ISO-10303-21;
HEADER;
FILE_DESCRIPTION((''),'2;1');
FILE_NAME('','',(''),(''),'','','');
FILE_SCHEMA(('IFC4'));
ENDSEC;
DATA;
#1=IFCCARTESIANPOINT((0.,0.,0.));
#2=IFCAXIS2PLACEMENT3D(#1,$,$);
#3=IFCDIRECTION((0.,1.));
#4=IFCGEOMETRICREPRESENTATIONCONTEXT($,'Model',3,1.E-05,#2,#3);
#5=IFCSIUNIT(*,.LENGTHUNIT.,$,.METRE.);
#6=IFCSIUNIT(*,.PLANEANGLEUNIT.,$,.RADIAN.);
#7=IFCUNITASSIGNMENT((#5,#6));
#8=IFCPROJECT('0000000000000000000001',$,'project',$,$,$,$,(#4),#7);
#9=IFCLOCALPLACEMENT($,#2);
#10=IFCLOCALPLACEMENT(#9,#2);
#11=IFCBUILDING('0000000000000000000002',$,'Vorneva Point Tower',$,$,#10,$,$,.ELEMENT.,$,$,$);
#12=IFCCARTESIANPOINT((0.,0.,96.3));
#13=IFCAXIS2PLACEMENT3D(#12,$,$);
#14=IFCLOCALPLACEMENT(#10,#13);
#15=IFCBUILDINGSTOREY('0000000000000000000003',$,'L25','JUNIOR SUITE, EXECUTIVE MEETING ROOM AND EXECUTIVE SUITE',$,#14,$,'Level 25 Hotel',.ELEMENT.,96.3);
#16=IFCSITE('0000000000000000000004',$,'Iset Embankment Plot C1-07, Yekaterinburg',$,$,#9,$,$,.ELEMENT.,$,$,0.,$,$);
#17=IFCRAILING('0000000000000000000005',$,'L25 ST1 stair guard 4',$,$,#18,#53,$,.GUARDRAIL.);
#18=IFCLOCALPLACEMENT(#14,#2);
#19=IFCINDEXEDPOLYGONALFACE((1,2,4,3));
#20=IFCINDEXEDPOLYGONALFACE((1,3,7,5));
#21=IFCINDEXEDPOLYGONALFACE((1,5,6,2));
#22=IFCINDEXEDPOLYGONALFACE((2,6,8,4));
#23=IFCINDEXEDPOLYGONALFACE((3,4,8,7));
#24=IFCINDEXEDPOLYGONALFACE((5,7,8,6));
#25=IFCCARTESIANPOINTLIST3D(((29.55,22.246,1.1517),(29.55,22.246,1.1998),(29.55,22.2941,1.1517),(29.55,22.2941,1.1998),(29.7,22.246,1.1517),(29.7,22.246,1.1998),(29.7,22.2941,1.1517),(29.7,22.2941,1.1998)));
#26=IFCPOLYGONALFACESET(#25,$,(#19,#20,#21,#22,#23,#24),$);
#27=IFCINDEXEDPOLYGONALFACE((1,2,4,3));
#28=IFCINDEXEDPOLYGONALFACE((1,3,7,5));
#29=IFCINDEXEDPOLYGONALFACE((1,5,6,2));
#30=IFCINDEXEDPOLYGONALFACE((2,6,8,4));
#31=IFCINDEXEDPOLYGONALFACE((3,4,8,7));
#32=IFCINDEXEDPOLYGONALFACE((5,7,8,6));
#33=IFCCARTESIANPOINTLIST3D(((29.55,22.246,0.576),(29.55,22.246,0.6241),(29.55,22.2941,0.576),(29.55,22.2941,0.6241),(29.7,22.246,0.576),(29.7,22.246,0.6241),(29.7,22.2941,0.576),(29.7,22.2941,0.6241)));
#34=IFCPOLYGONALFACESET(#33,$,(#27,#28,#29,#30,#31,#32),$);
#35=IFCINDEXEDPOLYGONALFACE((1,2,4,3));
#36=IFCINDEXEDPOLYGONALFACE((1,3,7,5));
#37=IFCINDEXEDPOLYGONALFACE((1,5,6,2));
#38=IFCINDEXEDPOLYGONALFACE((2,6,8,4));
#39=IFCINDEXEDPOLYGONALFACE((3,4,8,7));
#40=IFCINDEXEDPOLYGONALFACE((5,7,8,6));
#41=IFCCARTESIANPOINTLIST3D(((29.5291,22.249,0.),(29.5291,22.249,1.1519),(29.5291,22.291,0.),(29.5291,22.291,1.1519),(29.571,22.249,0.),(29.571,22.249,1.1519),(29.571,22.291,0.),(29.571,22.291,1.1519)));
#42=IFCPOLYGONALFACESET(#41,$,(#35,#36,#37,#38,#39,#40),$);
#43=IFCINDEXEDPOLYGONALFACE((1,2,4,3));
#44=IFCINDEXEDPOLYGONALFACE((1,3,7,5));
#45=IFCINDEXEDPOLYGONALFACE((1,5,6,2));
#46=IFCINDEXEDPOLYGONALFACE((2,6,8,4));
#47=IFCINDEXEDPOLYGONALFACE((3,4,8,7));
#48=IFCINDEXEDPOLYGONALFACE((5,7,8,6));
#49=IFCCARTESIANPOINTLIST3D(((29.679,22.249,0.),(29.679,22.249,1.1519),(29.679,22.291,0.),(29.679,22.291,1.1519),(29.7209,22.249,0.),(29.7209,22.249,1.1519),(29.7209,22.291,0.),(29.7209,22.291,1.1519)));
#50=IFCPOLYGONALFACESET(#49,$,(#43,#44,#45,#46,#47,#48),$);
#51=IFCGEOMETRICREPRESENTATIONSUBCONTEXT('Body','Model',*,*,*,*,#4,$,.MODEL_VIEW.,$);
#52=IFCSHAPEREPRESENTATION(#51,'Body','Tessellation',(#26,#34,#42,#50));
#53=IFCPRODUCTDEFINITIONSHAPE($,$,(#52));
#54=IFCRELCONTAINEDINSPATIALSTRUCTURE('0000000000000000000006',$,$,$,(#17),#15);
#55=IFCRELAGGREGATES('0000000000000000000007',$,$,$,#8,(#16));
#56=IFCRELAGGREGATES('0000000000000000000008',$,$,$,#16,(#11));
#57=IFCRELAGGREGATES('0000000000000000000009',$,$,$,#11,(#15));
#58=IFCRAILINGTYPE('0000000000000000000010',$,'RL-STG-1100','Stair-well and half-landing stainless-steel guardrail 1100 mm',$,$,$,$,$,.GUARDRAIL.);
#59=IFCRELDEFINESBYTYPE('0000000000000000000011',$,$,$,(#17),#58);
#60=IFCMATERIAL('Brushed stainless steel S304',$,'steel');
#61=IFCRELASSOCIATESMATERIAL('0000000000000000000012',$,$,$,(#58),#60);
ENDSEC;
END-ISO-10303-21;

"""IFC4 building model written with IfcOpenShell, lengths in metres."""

from ifc_helpers import new_model, si_unit, direction, frame, origin, origin_2d, place, context, subcontext, project, spatial, rectangle, extrude, material, type_object, element, save


model = new_model("IFC4")

# Units and contexts
model_context = context("Model", 3, precision=1e-05, world=origin(), true_north=direction((0.0, 1.0)))
body_context = subcontext(model_context, "Body", "Model", "MODEL_VIEW")
ifc_project = project(units=[si_unit("LENGTHUNIT", "METRE"), si_unit("PLANEANGLEUNIT", "RADIAN")], contexts=[model_context])

# Site, building, storey
site_placement = place(None, origin())
site = spatial("IfcSite", under=ifc_project, at=site_placement, Name="Iset Embankment Plot C1-07, Yekaterinburg", CompositionType="ELEMENT", RefElevation=0.0)
building_placement = place(site_placement, origin())
building = spatial("IfcBuilding", under=site, at=building_placement, Name="Vorneva Point Tower", CompositionType="ELEMENT")
storey_placement = place(building_placement, frame((0.0, 0.0, 96.3)))
storey = spatial("IfcBuildingStorey", under=building, at=storey_placement, Name="L25", Description="JUNIOR SUITE, EXECUTIVE MEETING ROOM AND EXECUTIVE SUITE", LongName="Level 25 Hotel", CompositionType="ELEMENT", Elevation=96.3)

# Railing
ifc_material_1 = material(Name="Brushed stainless steel S304", Category="steel")
railing_type_1 = type_object("IfcRailingType", Name="RL-STG-1100", Description="Stair-well and half-landing stainless-steel guardrail 1100 mm", PredefinedType="GUARDRAIL", material=ifc_material_1)
railing_1_placement = place(storey_placement, frame((29.55, 22.27, 0.0)))
element("IfcRailing", 1, at=railing_1_placement, inside=storey, type_object=railing_type_1, Name="L25 ST1 stair guard 4", PredefinedType="GUARDRAIL", context=body_context, shape_type="SweptSolid", body=[
    extrude(rectangle(XDim=0.0481, YDim=0.0481, at=origin_2d()), frame((0.0, 0.0, 1.1758), z_axis=(1.0, 0.0, 0.0), x_axis=(0.0, 1.0, 0.0)), (0.0, 0.0, 1.0), 0.1499),
    extrude(rectangle(XDim=0.0481, YDim=0.0481, at=origin_2d()), frame((0.0, 0.0, 0.6001), z_axis=(1.0, 0.0, 0.0), x_axis=(0.0, 1.0, 0.0)), (0.0, 0.0, 1.0), 0.1499),
    extrude(rectangle(XDim=0.042, YDim=0.042, at=origin_2d()), origin(), (0.0, 0.0, 1.0), 1.1519),
    extrude(rectangle(XDim=0.042, YDim=0.042, at=origin_2d()), frame((0.1499, 0.0, 0.0)), (0.0, 0.0, 1.0), 1.1519),
])

save(model, "model.ifc")
